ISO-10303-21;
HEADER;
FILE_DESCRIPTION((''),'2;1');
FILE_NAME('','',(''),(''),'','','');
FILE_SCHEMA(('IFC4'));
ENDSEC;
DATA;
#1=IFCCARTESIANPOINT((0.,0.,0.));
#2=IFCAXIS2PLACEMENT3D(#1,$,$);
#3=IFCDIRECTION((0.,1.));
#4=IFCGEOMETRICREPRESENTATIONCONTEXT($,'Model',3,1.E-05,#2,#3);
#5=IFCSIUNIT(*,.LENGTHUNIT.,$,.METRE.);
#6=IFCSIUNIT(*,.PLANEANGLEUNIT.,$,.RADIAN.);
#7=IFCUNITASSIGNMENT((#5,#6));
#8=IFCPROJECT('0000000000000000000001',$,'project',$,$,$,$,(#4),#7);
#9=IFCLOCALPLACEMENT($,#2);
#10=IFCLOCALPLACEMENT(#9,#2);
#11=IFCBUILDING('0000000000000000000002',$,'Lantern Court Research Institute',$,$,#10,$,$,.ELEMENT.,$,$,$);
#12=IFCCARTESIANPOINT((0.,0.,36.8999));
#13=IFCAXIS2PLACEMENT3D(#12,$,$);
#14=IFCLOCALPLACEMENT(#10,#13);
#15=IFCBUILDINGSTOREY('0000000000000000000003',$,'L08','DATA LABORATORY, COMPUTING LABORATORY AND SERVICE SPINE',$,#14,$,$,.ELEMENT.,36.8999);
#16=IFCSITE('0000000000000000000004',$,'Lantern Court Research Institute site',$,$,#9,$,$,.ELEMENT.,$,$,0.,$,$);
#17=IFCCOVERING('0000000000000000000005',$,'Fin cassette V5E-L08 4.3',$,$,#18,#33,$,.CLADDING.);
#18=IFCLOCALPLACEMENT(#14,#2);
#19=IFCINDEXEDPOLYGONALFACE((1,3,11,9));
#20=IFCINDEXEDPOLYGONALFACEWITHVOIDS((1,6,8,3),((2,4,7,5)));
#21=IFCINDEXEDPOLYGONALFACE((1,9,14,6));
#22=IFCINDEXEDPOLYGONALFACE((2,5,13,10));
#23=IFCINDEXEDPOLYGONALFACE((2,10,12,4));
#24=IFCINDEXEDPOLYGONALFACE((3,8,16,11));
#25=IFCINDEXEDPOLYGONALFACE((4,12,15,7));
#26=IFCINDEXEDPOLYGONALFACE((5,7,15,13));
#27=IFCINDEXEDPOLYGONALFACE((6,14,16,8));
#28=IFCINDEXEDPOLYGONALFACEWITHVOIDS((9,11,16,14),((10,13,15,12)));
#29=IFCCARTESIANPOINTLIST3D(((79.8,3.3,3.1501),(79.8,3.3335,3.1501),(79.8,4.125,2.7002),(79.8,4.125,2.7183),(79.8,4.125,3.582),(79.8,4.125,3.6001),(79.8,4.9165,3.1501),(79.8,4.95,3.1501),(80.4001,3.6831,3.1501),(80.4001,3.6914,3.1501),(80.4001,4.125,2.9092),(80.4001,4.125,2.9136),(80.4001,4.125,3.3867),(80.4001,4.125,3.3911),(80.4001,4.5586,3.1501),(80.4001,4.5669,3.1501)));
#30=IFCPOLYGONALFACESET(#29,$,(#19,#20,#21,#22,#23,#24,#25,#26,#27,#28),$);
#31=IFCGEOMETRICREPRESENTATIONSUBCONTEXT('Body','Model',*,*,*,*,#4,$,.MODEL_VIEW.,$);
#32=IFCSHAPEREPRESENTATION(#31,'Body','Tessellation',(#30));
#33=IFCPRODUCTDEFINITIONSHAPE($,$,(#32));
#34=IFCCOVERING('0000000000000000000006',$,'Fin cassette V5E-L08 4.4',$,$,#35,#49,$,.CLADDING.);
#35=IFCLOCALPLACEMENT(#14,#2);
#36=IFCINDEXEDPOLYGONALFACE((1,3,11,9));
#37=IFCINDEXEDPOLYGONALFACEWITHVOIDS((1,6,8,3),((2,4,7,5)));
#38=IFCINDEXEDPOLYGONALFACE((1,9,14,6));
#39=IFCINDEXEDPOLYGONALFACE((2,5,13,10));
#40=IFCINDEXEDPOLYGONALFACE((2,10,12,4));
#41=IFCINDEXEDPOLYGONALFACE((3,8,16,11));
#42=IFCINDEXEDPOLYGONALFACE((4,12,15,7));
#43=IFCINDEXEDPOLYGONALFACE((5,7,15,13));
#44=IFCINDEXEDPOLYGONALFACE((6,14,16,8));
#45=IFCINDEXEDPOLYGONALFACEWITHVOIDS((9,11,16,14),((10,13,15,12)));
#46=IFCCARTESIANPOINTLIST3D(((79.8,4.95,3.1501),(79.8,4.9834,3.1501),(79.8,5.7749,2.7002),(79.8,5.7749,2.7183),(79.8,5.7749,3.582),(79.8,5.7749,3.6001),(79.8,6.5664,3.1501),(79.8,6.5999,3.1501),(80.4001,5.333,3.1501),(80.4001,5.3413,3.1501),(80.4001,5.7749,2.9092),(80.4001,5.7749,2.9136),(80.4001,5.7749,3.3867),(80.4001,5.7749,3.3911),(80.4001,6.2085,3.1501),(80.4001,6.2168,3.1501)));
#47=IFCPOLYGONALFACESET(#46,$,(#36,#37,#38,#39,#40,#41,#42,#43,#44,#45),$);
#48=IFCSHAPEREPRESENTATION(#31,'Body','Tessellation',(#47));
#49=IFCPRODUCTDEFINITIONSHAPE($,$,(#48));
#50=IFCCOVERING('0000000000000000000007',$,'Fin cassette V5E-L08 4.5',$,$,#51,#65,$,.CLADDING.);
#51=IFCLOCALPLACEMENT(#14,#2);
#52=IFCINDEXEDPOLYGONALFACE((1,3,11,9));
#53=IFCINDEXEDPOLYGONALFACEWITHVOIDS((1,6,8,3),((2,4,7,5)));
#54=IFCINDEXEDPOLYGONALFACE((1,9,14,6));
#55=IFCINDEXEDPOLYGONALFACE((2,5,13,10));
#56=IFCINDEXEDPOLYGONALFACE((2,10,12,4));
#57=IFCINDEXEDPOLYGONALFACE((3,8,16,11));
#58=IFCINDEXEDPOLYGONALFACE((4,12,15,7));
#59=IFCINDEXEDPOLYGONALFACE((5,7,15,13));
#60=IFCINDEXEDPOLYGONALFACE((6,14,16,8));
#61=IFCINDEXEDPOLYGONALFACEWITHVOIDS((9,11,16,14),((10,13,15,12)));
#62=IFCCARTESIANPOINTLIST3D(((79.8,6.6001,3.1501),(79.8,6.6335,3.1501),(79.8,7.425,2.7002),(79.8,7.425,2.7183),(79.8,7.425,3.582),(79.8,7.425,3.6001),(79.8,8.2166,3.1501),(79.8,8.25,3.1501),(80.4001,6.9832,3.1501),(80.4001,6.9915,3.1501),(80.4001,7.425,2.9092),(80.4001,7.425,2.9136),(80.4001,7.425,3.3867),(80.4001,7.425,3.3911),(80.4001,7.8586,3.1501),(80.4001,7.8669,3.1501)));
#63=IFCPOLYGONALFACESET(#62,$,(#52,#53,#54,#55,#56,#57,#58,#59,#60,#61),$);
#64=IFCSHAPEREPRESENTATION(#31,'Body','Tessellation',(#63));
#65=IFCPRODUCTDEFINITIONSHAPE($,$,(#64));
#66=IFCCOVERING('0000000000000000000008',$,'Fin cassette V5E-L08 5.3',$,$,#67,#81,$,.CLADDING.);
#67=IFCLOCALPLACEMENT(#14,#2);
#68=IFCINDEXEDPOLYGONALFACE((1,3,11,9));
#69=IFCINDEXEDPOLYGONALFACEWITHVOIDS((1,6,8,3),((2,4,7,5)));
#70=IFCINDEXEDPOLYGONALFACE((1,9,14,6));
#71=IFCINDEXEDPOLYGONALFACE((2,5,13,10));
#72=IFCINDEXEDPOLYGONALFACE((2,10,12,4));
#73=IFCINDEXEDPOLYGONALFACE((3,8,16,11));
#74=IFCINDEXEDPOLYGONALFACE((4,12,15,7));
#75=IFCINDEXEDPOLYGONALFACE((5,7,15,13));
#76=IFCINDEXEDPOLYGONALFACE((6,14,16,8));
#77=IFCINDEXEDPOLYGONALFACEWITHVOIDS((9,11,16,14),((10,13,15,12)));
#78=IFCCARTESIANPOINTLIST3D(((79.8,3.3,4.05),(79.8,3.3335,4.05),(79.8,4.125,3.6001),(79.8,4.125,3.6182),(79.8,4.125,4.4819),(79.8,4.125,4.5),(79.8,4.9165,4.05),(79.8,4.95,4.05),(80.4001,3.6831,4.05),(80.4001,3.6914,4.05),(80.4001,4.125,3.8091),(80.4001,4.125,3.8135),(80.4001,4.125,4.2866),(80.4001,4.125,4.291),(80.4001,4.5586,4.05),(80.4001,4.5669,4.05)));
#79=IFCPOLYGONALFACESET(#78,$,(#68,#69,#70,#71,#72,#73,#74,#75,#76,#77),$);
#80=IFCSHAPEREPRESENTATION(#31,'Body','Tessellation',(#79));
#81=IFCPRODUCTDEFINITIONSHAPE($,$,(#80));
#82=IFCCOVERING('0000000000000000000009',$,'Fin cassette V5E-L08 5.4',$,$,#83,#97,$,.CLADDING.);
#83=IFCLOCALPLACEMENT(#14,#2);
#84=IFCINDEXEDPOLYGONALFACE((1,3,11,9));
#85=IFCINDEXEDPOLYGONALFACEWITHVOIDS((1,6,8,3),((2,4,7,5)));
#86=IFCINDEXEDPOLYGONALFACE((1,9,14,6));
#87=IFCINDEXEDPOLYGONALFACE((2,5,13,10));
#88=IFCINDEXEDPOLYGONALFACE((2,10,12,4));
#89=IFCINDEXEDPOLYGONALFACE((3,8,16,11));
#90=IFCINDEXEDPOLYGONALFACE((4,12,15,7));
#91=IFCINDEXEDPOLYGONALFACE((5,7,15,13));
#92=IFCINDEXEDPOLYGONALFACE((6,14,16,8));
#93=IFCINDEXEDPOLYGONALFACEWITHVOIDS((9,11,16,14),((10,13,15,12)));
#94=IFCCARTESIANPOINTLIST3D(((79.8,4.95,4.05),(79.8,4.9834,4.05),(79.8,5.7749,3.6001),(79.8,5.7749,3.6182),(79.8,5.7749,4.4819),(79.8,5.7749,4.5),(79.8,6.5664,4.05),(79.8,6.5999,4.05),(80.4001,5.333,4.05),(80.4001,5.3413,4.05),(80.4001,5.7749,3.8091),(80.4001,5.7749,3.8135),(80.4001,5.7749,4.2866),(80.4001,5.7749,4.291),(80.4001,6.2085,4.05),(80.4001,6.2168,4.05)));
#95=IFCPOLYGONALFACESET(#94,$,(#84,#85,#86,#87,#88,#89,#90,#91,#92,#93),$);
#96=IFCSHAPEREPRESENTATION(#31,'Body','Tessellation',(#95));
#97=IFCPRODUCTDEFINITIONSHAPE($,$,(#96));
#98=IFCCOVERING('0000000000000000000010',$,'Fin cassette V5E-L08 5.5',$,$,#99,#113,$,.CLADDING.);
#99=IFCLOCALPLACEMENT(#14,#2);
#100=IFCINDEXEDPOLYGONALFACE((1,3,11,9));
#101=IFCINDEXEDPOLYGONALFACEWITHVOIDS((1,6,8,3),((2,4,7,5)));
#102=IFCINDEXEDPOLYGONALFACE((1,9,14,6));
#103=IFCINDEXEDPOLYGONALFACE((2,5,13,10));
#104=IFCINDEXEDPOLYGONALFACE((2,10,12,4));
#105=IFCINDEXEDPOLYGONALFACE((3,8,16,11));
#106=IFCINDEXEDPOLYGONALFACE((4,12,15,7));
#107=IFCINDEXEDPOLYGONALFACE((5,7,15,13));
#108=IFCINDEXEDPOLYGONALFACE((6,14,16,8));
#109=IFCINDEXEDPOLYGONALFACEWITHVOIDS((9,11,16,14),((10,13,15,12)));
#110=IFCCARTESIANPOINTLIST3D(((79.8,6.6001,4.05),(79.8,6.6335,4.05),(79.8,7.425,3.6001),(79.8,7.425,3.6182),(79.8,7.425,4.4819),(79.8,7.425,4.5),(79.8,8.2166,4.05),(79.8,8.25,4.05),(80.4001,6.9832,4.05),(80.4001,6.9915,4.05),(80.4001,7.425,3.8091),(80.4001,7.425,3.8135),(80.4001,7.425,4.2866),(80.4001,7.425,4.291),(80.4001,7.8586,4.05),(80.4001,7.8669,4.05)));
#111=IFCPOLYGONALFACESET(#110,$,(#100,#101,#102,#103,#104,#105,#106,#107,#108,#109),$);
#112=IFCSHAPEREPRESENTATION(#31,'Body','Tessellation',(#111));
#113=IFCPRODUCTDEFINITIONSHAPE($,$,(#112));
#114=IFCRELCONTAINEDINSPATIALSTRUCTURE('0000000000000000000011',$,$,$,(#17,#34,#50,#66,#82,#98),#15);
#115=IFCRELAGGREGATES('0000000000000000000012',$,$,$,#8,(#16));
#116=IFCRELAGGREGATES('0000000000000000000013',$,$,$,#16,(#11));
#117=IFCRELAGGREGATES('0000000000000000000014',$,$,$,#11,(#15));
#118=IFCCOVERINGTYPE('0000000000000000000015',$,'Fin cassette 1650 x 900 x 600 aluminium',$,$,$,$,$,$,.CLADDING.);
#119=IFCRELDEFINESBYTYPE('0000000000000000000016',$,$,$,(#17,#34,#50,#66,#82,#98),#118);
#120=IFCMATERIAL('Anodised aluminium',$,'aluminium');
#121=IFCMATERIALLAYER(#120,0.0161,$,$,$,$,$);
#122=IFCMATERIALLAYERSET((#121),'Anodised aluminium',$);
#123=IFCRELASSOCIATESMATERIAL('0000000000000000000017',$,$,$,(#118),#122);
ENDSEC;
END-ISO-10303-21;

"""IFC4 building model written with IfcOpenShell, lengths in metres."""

from ifc_helpers import new_model, entity, si_unit, direction, frame, origin, place, context, subcontext, project, spatial, material, layer, layer_set, type_object, element, save


model = new_model("IFC4")

# Units and contexts
model_context = context("Model", 3, precision=1e-05, world=origin(), true_north=direction((0.0, 1.0)))
body_context = subcontext(model_context, "Body", "Model", "MODEL_VIEW")
ifc_project = project(units=[si_unit("LENGTHUNIT", "METRE"), si_unit("PLANEANGLEUNIT", "RADIAN")], contexts=[model_context])

# Site, building, storey
site_placement = place(None, origin())
site = spatial("IfcSite", under=ifc_project, at=site_placement, Name="Lantern Court Research Institute site", CompositionType="ELEMENT", RefElevation=0.0)
building_placement = place(site_placement, origin())
building = spatial("IfcBuilding", under=site, at=building_placement, Name="Lantern Court Research Institute", CompositionType="ELEMENT")
storey_placement = place(building_placement, frame((0.0, 0.0, 36.8999)))
storey = spatial("IfcBuildingStorey", under=building, at=storey_placement, Name="L08", Description="DATA LABORATORY, COMPUTING LABORATORY AND SERVICE SPINE", CompositionType="ELEMENT", Elevation=36.8999)

# Coverings
ifc_material_1 = material(Name="Anodised aluminium", Category="aluminium")
ifc_layer_1 = layer(ifc_material_1, 0.0161)
ifc_layer_set_1 = layer_set([ifc_layer_1], Name="Anodised aluminium")
covering_type = type_object("IfcCoveringType", Name="Fin cassette 1650 x 900 x 600 aluminium", PredefinedType="CLADDING", material=ifc_layer_set_1)
covering_1_placement = place(storey_placement, frame((79.8, 4.125, 3.1501), z_axis=(1.0, 0.0, 0.0), x_axis=(0.0, 1.0, 0.0)))
cartesian_point_1 = entity("IfcCartesianPoint", [0.825, 0.0])
cartesian_point_2 = entity("IfcCartesianPoint", [0.7915, 0.0])
cartesian_point_3 = entity("IfcCartesianPoint", [0.4419, 0.0])
cartesian_point_4 = entity("IfcCartesianPoint", [0.4336, 0.0])
element("IfcCovering", 1, at=covering_1_placement, inside=storey, type_object=covering_type, Name="Fin cassette V5E-L08 4.3", PredefinedType="CLADDING", context=body_context, shape_type="SweptSolid", body=[
    entity("IfcExtrudedAreaSolidTapered", entity("IfcArbitraryProfileDefWithVoids", "AREA", None, entity("IfcPolyline", [cartesian_point_1, entity("IfcCartesianPoint", [0.0, 0.45]), entity("IfcCartesianPoint", [-0.825, 0.0]), entity("IfcCartesianPoint", [0.0, -0.45]), cartesian_point_1]), [entity("IfcPolyline", [cartesian_point_2, entity("IfcCartesianPoint", [0.0, 0.4319]), entity("IfcCartesianPoint", [-0.7915, 0.0]), entity("IfcCartesianPoint", [0.0, -0.4319]), cartesian_point_2])]), entity("IfcAxis2Placement3D", entity("IfcCartesianPoint", [0.0, 0.0, 0.0])), entity("IfcDirection", [0.0, 0.0, 1.0]), 0.6001, entity("IfcArbitraryProfileDefWithVoids", "AREA", None, entity("IfcPolyline", [cartesian_point_3, entity("IfcCartesianPoint", [0.0, 0.241]), entity("IfcCartesianPoint", [-0.4419, 0.0]), entity("IfcCartesianPoint", [0.0, -0.241]), cartesian_point_3]), [entity("IfcPolyline", [cartesian_point_4, entity("IfcCartesianPoint", [0.0, 0.2366]), entity("IfcCartesianPoint", [-0.4336, 0.0]), entity("IfcCartesianPoint", [0.0, -0.2366]), cartesian_point_4])])),
])
covering_2_placement = place(storey_placement, frame((79.8, 5.7749, 3.1501), z_axis=(1.0, 0.0, 0.0), x_axis=(0.0, 1.0, 0.0)))
cartesian_point_5 = entity("IfcCartesianPoint", [0.825, 0.0])
cartesian_point_6 = entity("IfcCartesianPoint", [0.7915, 0.0])
cartesian_point_7 = entity("IfcCartesianPoint", [0.4419, 0.0])
cartesian_point_8 = entity("IfcCartesianPoint", [0.4336, 0.0])
element("IfcCovering", 2, at=covering_2_placement, inside=storey, type_object=covering_type, Name="Fin cassette V5E-L08 4.4", PredefinedType="CLADDING", context=body_context, shape_type="SweptSolid", body=[
    entity("IfcExtrudedAreaSolidTapered", entity("IfcArbitraryProfileDefWithVoids", "AREA", None, entity("IfcPolyline", [cartesian_point_5, entity("IfcCartesianPoint", [0.0, 0.45]), entity("IfcCartesianPoint", [-0.825, 0.0]), entity("IfcCartesianPoint", [0.0, -0.45]), cartesian_point_5]), [entity("IfcPolyline", [cartesian_point_6, entity("IfcCartesianPoint", [0.0, 0.4319]), entity("IfcCartesianPoint", [-0.7915, 0.0]), entity("IfcCartesianPoint", [0.0, -0.4319]), cartesian_point_6])]), entity("IfcAxis2Placement3D", entity("IfcCartesianPoint", [0.0, 0.0, 0.0])), entity("IfcDirection", [0.0, 0.0, 1.0]), 0.6001, entity("IfcArbitraryProfileDefWithVoids", "AREA", None, entity("IfcPolyline", [cartesian_point_7, entity("IfcCartesianPoint", [0.0, 0.241]), entity("IfcCartesianPoint", [-0.4419, 0.0]), entity("IfcCartesianPoint", [0.0, -0.241]), cartesian_point_7]), [entity("IfcPolyline", [cartesian_point_8, entity("IfcCartesianPoint", [0.0, 0.2366]), entity("IfcCartesianPoint", [-0.4336, 0.0]), entity("IfcCartesianPoint", [0.0, -0.2366]), cartesian_point_8])])),
])
covering_3_placement = place(storey_placement, frame((79.8, 7.425, 3.1501), z_axis=(1.0, 0.0, 0.0), x_axis=(0.0, 1.0, 0.0)))
cartesian_point_9 = entity("IfcCartesianPoint", [0.825, 0.0])
cartesian_point_10 = entity("IfcCartesianPoint", [0.7915, 0.0])
cartesian_point_11 = entity("IfcCartesianPoint", [0.4419, 0.0])
cartesian_point_12 = entity("IfcCartesianPoint", [0.4336, 0.0])
element("IfcCovering", 3, at=covering_3_placement, inside=storey, type_object=covering_type, Name="Fin cassette V5E-L08 4.5", PredefinedType="CLADDING", context=body_context, shape_type="SweptSolid", body=[
    entity("IfcExtrudedAreaSolidTapered", entity("IfcArbitraryProfileDefWithVoids", "AREA", None, entity("IfcPolyline", [cartesian_point_9, entity("IfcCartesianPoint", [0.0, 0.45]), entity("IfcCartesianPoint", [-0.825, 0.0]), entity("IfcCartesianPoint", [0.0, -0.45]), cartesian_point_9]), [entity("IfcPolyline", [cartesian_point_10, entity("IfcCartesianPoint", [0.0, 0.4319]), entity("IfcCartesianPoint", [-0.7915, 0.0]), entity("IfcCartesianPoint", [0.0, -0.4319]), cartesian_point_10])]), entity("IfcAxis2Placement3D", entity("IfcCartesianPoint", [0.0, 0.0, 0.0])), entity("IfcDirection", [0.0, 0.0, 1.0]), 0.6001, entity("IfcArbitraryProfileDefWithVoids", "AREA", None, entity("IfcPolyline", [cartesian_point_11, entity("IfcCartesianPoint", [0.0, 0.241]), entity("IfcCartesianPoint", [-0.4419, 0.0]), entity("IfcCartesianPoint", [0.0, -0.241]), cartesian_point_11]), [entity("IfcPolyline", [cartesian_point_12, entity("IfcCartesianPoint", [0.0, 0.2366]), entity("IfcCartesianPoint", [-0.4336, 0.0]), entity("IfcCartesianPoint", [0.0, -0.2366]), cartesian_point_12])])),
])
covering_4_placement = place(storey_placement, frame((79.8, 4.125, 4.05), z_axis=(1.0, 0.0, 0.0), x_axis=(0.0, 1.0, 0.0)))
cartesian_point_13 = entity("IfcCartesianPoint", [0.825, 0.0])
cartesian_point_14 = entity("IfcCartesianPoint", [0.7915, 0.0])
cartesian_point_15 = entity("IfcCartesianPoint", [0.4419, 0.0])
cartesian_point_16 = entity("IfcCartesianPoint", [0.4336, 0.0])
element("IfcCovering", 4, at=covering_4_placement, inside=storey, type_object=covering_type, Name="Fin cassette V5E-L08 5.3", PredefinedType="CLADDING", context=body_context, shape_type="SweptSolid", body=[
    entity("IfcExtrudedAreaSolidTapered", entity("IfcArbitraryProfileDefWithVoids", "AREA", None, entity("IfcPolyline", [cartesian_point_13, entity("IfcCartesianPoint", [0.0, 0.45]), entity("IfcCartesianPoint", [-0.825, 0.0]), entity("IfcCartesianPoint", [0.0, -0.45]), cartesian_point_13]), [entity("IfcPolyline", [cartesian_point_14, entity("IfcCartesianPoint", [0.0, 0.4319]), entity("IfcCartesianPoint", [-0.7915, 0.0]), entity("IfcCartesianPoint", [0.0, -0.4319]), cartesian_point_14])]), entity("IfcAxis2Placement3D", entity("IfcCartesianPoint", [0.0, 0.0, 0.0])), entity("IfcDirection", [0.0, 0.0, 1.0]), 0.6001, entity("IfcArbitraryProfileDefWithVoids", "AREA", None, entity("IfcPolyline", [cartesian_point_15, entity("IfcCartesianPoint", [0.0, 0.241]), entity("IfcCartesianPoint", [-0.4419, 0.0]), entity("IfcCartesianPoint", [0.0, -0.241]), cartesian_point_15]), [entity("IfcPolyline", [cartesian_point_16, entity("IfcCartesianPoint", [0.0, 0.2366]), entity("IfcCartesianPoint", [-0.4336, 0.0]), entity("IfcCartesianPoint", [0.0, -0.2366]), cartesian_point_16])])),
])
covering_5_placement = place(storey_placement, frame((79.8, 5.7749, 4.05), z_axis=(1.0, 0.0, 0.0), x_axis=(0.0, 1.0, 0.0)))
cartesian_point_17 = entity("IfcCartesianPoint", [0.825, 0.0])
cartesian_point_18 = entity("IfcCartesianPoint", [0.7915, 0.0])
cartesian_point_19 = entity("IfcCartesianPoint", [0.4419, 0.0])
cartesian_point_20 = entity("IfcCartesianPoint", [0.4336, 0.0])
element("IfcCovering", 5, at=covering_5_placement, inside=storey, type_object=covering_type, Name="Fin cassette V5E-L08 5.4", PredefinedType="CLADDING", context=body_context, shape_type="SweptSolid", body=[
    entity("IfcExtrudedAreaSolidTapered", entity("IfcArbitraryProfileDefWithVoids", "AREA", None, entity("IfcPolyline", [cartesian_point_17, entity("IfcCartesianPoint", [0.0, 0.45]), entity("IfcCartesianPoint", [-0.825, 0.0]), entity("IfcCartesianPoint", [0.0, -0.45]), cartesian_point_17]), [entity("IfcPolyline", [cartesian_point_18, entity("IfcCartesianPoint", [0.0, 0.4319]), entity("IfcCartesianPoint", [-0.7915, 0.0]), entity("IfcCartesianPoint", [0.0, -0.4319]), cartesian_point_18])]), entity("IfcAxis2Placement3D", entity("IfcCartesianPoint", [0.0, 0.0, 0.0])), entity("IfcDirection", [0.0, 0.0, 1.0]), 0.6001, entity("IfcArbitraryProfileDefWithVoids", "AREA", None, entity("IfcPolyline", [cartesian_point_19, entity("IfcCartesianPoint", [0.0, 0.241]), entity("IfcCartesianPoint", [-0.4419, 0.0]), entity("IfcCartesianPoint", [0.0, -0.241]), cartesian_point_19]), [entity("IfcPolyline", [cartesian_point_20, entity("IfcCartesianPoint", [0.0, 0.2366]), entity("IfcCartesianPoint", [-0.4336, 0.0]), entity("IfcCartesianPoint", [0.0, -0.2366]), cartesian_point_20])])),
])
covering_6_placement = place(storey_placement, frame((79.8, 7.425, 4.05), z_axis=(1.0, 0.0, 0.0), x_axis=(0.0, 1.0, 0.0)))
cartesian_point_21 = entity("IfcCartesianPoint", [0.825, 0.0])
cartesian_point_22 = entity("IfcCartesianPoint", [0.7915, 0.0])
cartesian_point_23 = entity("IfcCartesianPoint", [0.4419, 0.0])
cartesian_point_24 = entity("IfcCartesianPoint", [0.4336, 0.0])
element("IfcCovering", 6, at=covering_6_placement, inside=storey, type_object=covering_type, Name="Fin cassette V5E-L08 5.5", PredefinedType="CLADDING", context=body_context, shape_type="SweptSolid", body=[
    entity("IfcExtrudedAreaSolidTapered", entity("IfcArbitraryProfileDefWithVoids", "AREA", None, entity("IfcPolyline", [cartesian_point_21, entity("IfcCartesianPoint", [0.0, 0.45]), entity("IfcCartesianPoint", [-0.825, 0.0]), entity("IfcCartesianPoint", [0.0, -0.45]), cartesian_point_21]), [entity("IfcPolyline", [cartesian_point_22, entity("IfcCartesianPoint", [0.0, 0.4319]), entity("IfcCartesianPoint", [-0.7915, 0.0]), entity("IfcCartesianPoint", [0.0, -0.4319]), cartesian_point_22])]), entity("IfcAxis2Placement3D", entity("IfcCartesianPoint", [0.0, 0.0, 0.0])), entity("IfcDirection", [0.0, 0.0, 1.0]), 0.6001, entity("IfcArbitraryProfileDefWithVoids", "AREA", None, entity("IfcPolyline", [cartesian_point_23, entity("IfcCartesianPoint", [0.0, 0.241]), entity("IfcCartesianPoint", [-0.4419, 0.0]), entity("IfcCartesianPoint", [0.0, -0.241]), cartesian_point_23]), [entity("IfcPolyline", [cartesian_point_24, entity("IfcCartesianPoint", [0.0, 0.2366]), entity("IfcCartesianPoint", [-0.4336, 0.0]), entity("IfcCartesianPoint", [0.0, -0.2366]), cartesian_point_24])])),
])

save(model, "model.ifc")
